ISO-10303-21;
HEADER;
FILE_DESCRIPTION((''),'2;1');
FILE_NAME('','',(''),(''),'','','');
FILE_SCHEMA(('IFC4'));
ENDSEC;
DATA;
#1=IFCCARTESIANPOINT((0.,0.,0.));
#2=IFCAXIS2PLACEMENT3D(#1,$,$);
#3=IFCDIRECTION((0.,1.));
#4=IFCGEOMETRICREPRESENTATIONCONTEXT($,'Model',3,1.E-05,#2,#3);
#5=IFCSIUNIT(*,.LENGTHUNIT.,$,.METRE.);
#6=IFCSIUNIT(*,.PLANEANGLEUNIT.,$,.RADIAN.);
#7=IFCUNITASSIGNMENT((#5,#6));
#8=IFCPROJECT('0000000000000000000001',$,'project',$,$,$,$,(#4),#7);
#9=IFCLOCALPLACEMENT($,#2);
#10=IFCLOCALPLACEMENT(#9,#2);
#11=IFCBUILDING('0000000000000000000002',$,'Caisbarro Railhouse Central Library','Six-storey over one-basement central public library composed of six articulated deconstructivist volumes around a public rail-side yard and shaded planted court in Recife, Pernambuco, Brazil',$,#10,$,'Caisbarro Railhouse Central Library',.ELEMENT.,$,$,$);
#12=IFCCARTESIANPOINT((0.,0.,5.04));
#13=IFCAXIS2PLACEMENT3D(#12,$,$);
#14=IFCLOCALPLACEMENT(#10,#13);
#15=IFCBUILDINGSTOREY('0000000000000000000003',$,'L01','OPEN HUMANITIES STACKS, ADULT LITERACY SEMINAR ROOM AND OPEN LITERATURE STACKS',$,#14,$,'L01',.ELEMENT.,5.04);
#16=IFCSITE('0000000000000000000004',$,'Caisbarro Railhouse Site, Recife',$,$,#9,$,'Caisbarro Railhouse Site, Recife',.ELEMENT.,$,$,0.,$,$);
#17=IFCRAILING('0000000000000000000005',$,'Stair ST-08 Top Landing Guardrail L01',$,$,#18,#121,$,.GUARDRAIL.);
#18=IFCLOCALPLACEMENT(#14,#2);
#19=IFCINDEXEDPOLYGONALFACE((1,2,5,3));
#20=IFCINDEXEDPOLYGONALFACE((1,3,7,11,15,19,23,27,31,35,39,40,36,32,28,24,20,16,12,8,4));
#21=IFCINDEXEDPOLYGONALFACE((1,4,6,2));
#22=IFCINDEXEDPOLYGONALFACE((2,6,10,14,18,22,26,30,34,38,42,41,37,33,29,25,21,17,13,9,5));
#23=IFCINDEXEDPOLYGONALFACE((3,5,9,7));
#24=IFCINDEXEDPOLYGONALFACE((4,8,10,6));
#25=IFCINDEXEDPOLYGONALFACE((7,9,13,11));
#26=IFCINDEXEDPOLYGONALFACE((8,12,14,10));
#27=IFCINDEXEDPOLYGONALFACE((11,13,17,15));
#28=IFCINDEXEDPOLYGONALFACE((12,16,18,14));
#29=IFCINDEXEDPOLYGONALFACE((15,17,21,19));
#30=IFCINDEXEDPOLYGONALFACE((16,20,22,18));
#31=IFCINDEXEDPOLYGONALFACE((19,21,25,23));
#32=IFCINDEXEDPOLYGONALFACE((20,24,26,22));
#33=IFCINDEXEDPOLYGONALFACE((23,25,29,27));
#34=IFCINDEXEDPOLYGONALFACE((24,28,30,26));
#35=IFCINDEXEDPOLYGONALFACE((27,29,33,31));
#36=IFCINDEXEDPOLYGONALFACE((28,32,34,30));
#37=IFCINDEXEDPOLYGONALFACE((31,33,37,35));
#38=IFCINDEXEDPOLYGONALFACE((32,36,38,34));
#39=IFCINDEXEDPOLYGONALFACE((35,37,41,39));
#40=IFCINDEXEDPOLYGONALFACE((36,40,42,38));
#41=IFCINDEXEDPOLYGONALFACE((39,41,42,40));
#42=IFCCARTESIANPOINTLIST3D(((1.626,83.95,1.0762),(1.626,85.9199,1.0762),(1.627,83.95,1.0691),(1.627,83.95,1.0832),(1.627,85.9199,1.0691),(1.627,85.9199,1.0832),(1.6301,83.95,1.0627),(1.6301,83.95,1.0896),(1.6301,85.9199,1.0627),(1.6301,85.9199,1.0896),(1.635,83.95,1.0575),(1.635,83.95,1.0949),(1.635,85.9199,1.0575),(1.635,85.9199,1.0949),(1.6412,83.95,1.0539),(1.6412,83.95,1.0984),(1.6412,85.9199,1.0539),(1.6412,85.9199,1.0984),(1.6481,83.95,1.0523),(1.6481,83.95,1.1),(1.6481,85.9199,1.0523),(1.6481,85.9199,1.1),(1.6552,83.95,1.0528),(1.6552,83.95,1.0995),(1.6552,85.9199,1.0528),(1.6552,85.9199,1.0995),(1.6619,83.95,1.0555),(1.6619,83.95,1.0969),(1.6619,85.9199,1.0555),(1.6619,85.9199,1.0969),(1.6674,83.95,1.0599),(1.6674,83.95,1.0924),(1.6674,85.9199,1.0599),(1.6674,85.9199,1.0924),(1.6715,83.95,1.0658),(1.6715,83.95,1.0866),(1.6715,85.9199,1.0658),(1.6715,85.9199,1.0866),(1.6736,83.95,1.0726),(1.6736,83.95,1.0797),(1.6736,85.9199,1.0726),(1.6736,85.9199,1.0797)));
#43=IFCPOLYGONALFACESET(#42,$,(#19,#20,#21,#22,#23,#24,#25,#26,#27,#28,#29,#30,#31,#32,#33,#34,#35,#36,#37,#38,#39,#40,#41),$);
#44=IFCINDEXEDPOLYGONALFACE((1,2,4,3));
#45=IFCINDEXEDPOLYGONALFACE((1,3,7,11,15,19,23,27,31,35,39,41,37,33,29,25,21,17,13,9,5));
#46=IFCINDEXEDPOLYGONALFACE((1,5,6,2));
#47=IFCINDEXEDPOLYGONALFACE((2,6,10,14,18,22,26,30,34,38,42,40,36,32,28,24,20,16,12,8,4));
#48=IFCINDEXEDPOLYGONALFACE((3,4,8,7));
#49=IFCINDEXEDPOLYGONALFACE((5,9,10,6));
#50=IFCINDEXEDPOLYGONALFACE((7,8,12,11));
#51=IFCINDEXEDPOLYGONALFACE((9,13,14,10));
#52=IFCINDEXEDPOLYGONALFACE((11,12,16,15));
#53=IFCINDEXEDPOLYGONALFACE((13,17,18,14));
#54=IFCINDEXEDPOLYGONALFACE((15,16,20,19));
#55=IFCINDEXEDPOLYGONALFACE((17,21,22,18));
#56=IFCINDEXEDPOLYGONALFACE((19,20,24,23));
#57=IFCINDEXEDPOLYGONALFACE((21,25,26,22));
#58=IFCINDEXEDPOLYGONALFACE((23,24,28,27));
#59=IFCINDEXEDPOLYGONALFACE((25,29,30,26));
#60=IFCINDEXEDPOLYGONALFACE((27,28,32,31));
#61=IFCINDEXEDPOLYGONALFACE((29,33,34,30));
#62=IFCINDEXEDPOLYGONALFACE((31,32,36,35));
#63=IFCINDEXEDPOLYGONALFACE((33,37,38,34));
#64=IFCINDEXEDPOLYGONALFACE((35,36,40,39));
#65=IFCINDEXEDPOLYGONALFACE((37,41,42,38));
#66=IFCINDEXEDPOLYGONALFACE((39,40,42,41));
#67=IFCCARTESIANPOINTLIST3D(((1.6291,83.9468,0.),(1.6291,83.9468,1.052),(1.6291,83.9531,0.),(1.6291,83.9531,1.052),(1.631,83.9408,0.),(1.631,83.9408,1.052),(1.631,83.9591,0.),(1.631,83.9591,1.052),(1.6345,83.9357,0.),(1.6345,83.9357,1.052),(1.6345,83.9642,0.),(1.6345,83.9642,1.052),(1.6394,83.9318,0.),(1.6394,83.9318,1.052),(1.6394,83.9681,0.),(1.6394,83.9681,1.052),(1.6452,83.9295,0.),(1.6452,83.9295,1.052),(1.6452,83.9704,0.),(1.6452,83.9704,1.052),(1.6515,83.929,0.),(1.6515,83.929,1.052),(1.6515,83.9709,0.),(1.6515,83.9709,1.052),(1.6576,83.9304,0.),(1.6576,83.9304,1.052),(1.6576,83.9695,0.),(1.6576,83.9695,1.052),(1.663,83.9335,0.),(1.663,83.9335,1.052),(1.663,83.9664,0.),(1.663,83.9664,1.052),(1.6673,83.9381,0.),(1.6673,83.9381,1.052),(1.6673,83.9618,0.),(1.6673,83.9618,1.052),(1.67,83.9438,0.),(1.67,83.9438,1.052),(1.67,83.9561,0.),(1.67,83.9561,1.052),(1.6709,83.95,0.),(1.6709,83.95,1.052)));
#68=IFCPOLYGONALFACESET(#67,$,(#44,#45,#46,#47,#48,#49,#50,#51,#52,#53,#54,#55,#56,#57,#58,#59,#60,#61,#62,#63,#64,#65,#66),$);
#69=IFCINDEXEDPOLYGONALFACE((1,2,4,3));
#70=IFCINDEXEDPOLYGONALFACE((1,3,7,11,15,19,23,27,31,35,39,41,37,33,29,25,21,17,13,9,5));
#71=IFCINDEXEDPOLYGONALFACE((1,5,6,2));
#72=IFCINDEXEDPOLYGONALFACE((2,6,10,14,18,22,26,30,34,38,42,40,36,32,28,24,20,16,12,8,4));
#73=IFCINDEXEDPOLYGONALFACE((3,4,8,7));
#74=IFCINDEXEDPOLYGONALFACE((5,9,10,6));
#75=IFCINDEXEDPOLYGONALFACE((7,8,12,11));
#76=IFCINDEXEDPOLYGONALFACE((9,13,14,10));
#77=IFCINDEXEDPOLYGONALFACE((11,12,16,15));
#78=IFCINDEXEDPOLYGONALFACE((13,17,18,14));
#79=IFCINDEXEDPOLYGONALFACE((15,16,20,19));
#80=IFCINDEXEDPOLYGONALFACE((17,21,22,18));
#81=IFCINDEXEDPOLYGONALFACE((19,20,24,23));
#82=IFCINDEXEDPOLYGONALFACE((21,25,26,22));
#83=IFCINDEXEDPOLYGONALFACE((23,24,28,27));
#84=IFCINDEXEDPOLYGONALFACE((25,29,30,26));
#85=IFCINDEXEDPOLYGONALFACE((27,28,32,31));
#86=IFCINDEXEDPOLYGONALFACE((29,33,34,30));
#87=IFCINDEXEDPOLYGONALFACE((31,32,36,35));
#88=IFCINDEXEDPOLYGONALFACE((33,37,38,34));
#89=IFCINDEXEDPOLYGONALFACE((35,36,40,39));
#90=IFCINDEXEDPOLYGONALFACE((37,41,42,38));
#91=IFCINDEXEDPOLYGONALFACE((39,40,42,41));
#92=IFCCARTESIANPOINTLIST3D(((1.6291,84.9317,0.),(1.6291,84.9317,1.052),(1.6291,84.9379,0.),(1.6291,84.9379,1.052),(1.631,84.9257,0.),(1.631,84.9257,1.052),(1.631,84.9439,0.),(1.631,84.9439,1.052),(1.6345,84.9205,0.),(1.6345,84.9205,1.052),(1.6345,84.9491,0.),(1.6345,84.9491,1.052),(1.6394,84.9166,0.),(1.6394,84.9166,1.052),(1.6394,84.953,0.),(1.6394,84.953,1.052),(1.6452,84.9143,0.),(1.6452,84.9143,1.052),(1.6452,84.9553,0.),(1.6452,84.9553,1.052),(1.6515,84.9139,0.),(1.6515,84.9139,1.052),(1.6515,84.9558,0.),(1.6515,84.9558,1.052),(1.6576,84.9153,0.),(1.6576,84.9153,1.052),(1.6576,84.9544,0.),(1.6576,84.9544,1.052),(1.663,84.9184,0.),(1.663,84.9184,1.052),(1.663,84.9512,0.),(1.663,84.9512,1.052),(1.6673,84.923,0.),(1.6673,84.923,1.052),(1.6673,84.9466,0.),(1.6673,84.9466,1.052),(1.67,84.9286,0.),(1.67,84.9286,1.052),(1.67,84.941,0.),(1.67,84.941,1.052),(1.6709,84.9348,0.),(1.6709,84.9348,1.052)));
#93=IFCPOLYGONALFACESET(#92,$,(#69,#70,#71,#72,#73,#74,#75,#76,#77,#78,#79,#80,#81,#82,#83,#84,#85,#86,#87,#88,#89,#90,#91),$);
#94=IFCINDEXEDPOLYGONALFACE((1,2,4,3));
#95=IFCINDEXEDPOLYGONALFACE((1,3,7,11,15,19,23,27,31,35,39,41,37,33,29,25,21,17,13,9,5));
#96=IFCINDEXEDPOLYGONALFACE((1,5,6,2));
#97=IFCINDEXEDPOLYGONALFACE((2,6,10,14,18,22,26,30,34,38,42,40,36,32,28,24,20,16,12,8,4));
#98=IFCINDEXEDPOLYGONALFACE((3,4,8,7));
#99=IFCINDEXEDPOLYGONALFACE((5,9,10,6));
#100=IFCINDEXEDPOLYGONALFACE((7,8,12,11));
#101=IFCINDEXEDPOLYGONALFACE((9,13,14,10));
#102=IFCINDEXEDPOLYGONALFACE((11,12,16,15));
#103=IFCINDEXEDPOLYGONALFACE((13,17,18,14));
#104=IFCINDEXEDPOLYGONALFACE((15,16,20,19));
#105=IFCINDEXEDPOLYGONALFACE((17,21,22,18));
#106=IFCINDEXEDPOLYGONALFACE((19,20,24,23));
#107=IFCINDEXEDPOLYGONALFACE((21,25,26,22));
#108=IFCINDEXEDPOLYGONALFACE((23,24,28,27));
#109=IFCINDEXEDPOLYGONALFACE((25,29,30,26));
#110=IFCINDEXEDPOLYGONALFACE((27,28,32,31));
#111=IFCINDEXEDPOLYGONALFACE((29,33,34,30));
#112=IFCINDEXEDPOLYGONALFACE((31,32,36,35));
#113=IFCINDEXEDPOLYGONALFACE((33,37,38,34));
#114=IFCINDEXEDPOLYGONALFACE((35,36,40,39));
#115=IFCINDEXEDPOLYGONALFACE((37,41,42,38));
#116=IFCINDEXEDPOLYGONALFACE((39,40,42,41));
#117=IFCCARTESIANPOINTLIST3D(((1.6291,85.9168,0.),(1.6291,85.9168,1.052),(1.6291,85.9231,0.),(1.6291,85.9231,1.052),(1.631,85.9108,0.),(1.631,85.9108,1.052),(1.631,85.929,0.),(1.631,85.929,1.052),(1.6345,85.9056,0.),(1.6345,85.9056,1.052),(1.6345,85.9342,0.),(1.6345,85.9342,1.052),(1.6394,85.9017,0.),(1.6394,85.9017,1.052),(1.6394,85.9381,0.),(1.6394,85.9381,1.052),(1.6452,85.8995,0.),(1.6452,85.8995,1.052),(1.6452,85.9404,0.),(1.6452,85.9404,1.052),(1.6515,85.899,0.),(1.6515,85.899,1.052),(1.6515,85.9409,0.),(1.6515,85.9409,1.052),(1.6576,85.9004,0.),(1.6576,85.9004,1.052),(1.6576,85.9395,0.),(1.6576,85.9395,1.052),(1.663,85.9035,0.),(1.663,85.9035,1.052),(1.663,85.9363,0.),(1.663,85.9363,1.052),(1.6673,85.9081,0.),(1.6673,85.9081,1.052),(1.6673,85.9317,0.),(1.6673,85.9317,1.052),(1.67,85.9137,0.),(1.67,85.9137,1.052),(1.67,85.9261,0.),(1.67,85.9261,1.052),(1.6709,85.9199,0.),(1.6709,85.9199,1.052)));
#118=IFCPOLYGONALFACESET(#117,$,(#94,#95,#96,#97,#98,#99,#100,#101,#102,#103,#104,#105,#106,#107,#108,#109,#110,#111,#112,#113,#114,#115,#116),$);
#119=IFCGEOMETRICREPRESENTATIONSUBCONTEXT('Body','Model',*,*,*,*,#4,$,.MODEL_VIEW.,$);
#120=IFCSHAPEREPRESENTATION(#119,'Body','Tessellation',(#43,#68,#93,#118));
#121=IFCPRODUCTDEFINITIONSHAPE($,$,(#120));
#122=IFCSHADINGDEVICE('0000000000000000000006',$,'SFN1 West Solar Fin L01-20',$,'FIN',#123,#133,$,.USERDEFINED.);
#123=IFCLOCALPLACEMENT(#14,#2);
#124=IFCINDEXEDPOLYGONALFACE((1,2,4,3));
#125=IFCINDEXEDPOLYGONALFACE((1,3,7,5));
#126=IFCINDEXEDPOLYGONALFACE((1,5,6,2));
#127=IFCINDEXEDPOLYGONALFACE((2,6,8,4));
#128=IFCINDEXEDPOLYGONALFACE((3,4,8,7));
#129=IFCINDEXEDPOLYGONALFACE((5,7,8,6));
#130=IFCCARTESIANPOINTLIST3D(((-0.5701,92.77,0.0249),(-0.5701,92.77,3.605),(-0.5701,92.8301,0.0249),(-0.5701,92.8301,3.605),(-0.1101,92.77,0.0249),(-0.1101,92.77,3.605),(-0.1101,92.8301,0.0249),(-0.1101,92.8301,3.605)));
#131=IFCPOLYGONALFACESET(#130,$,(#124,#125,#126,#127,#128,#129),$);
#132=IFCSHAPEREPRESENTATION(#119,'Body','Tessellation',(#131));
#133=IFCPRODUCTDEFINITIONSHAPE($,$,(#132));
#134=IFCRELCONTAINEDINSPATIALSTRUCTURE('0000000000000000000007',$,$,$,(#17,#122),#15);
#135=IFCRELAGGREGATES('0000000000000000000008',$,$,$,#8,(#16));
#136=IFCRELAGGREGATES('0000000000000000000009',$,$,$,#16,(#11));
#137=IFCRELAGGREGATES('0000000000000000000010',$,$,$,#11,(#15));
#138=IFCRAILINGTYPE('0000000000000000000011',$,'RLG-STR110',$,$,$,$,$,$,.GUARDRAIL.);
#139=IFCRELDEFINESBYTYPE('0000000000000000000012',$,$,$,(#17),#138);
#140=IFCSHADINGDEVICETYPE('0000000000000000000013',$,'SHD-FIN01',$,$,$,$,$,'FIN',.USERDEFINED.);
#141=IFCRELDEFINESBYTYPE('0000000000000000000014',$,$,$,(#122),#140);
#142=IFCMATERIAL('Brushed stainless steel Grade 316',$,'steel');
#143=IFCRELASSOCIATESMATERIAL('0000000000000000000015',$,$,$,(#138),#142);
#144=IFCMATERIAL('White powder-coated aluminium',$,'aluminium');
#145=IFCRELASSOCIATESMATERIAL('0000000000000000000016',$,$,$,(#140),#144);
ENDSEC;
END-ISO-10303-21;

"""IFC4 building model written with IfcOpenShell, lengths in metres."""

from ifc_helpers import new_model, si_unit, direction, frame, origin, origin_2d, place, context, subcontext, project, spatial, rectangle, circle, extrude, material, type_object, element, save


model = new_model("IFC4")

# Units and contexts
model_context = context("Model", 3, precision=1e-05, world=origin(), true_north=direction((0.0, 1.0)))
body_context = subcontext(model_context, "Body", "Model", "MODEL_VIEW")
ifc_project = project(units=[si_unit("LENGTHUNIT", "METRE"), si_unit("PLANEANGLEUNIT", "RADIAN")], contexts=[model_context])

# Site, building, storey
site_placement = place(None, origin())
site = spatial("IfcSite", under=ifc_project, at=site_placement, Name="Caisbarro Railhouse Site, Recife", LongName="Caisbarro Railhouse Site, Recife", CompositionType="ELEMENT", RefElevation=0.0)
building_placement = place(site_placement, origin())
building = spatial("IfcBuilding", under=site, at=building_placement, Name="Caisbarro Railhouse Central Library", Description="Six-storey over one-basement central public library composed of six articulated deconstructivist volumes around a public rail-side yard and shaded planted court in Recife, Pernambuco, Brazil", LongName="Caisbarro Railhouse Central Library", CompositionType="ELEMENT")
storey_placement = place(building_placement, frame((0.0, 0.0, 5.04)))
storey = spatial("IfcBuildingStorey", under=building, at=storey_placement, Name="L01", Description="OPEN HUMANITIES STACKS, ADULT LITERACY SEMINAR ROOM AND OPEN LITERATURE STACKS", LongName="L01", CompositionType="ELEMENT", Elevation=5.04)

# Railing
ifc_material_1 = material(Name="Brushed stainless steel Grade 316", Category="steel")
railing_type = type_object("IfcRailingType", Name="RLG-STR110", PredefinedType="GUARDRAIL", material=ifc_material_1)
railing_placement = place(storey_placement, frame((1.6499, 83.95, 0.0)))
element("IfcRailing", 1, at=railing_placement, inside=storey, type_object=railing_type, Name="Stair ST-08 Top Landing Guardrail L01", PredefinedType="GUARDRAIL", context=body_context, shape_type="SweptSolid", body=[
    extrude(circle(Radius=0.0239, at=origin_2d()), frame((0.0, 0.0, 1.0762), z_axis=(0.0, 1.0, 0.0), x_axis=(-1.0, 0.0, 0.0)), (0.0, 0.0, 1.0), 1.97),
    extrude(circle(Radius=0.021, at=origin_2d()), origin(), (0.0, 0.0, 1.0), 1.052),
    extrude(circle(Radius=0.021, at=origin_2d()), frame((0.0, 0.9849, 0.0)), (0.0, 0.0, 1.0), 1.052),
    extrude(circle(Radius=0.021, at=origin_2d()), frame((0.0, 1.97, 0.0)), (0.0, 0.0, 1.0), 1.052),
])

# Shading device
ifc_material_2 = material(Name="White powder-coated aluminium", Category="aluminium")
shading_device_type = type_object("IfcShadingDeviceType", Name="SHD-FIN01", ElementType="FIN", PredefinedType="USERDEFINED", material=ifc_material_2)
shading_device_placement = place(storey_placement, frame((-0.3401, 92.8, 0.0249), z_axis=(0.0, 0.0, 1.0), x_axis=(1.0, 0.0, 0.0)))
element("IfcShadingDevice", 2, at=shading_device_placement, inside=storey, type_object=shading_device_type, Name="SFN1 West Solar Fin L01-20", ObjectType="FIN", PredefinedType="USERDEFINED", context=body_context, shape_type="SweptSolid", body=[
    extrude(rectangle(XDim=0.46, YDim=0.0601, at=origin_2d()), origin(), (0.0, 0.0, 1.0), 3.5801),
])

save(model, "model.ifc")
